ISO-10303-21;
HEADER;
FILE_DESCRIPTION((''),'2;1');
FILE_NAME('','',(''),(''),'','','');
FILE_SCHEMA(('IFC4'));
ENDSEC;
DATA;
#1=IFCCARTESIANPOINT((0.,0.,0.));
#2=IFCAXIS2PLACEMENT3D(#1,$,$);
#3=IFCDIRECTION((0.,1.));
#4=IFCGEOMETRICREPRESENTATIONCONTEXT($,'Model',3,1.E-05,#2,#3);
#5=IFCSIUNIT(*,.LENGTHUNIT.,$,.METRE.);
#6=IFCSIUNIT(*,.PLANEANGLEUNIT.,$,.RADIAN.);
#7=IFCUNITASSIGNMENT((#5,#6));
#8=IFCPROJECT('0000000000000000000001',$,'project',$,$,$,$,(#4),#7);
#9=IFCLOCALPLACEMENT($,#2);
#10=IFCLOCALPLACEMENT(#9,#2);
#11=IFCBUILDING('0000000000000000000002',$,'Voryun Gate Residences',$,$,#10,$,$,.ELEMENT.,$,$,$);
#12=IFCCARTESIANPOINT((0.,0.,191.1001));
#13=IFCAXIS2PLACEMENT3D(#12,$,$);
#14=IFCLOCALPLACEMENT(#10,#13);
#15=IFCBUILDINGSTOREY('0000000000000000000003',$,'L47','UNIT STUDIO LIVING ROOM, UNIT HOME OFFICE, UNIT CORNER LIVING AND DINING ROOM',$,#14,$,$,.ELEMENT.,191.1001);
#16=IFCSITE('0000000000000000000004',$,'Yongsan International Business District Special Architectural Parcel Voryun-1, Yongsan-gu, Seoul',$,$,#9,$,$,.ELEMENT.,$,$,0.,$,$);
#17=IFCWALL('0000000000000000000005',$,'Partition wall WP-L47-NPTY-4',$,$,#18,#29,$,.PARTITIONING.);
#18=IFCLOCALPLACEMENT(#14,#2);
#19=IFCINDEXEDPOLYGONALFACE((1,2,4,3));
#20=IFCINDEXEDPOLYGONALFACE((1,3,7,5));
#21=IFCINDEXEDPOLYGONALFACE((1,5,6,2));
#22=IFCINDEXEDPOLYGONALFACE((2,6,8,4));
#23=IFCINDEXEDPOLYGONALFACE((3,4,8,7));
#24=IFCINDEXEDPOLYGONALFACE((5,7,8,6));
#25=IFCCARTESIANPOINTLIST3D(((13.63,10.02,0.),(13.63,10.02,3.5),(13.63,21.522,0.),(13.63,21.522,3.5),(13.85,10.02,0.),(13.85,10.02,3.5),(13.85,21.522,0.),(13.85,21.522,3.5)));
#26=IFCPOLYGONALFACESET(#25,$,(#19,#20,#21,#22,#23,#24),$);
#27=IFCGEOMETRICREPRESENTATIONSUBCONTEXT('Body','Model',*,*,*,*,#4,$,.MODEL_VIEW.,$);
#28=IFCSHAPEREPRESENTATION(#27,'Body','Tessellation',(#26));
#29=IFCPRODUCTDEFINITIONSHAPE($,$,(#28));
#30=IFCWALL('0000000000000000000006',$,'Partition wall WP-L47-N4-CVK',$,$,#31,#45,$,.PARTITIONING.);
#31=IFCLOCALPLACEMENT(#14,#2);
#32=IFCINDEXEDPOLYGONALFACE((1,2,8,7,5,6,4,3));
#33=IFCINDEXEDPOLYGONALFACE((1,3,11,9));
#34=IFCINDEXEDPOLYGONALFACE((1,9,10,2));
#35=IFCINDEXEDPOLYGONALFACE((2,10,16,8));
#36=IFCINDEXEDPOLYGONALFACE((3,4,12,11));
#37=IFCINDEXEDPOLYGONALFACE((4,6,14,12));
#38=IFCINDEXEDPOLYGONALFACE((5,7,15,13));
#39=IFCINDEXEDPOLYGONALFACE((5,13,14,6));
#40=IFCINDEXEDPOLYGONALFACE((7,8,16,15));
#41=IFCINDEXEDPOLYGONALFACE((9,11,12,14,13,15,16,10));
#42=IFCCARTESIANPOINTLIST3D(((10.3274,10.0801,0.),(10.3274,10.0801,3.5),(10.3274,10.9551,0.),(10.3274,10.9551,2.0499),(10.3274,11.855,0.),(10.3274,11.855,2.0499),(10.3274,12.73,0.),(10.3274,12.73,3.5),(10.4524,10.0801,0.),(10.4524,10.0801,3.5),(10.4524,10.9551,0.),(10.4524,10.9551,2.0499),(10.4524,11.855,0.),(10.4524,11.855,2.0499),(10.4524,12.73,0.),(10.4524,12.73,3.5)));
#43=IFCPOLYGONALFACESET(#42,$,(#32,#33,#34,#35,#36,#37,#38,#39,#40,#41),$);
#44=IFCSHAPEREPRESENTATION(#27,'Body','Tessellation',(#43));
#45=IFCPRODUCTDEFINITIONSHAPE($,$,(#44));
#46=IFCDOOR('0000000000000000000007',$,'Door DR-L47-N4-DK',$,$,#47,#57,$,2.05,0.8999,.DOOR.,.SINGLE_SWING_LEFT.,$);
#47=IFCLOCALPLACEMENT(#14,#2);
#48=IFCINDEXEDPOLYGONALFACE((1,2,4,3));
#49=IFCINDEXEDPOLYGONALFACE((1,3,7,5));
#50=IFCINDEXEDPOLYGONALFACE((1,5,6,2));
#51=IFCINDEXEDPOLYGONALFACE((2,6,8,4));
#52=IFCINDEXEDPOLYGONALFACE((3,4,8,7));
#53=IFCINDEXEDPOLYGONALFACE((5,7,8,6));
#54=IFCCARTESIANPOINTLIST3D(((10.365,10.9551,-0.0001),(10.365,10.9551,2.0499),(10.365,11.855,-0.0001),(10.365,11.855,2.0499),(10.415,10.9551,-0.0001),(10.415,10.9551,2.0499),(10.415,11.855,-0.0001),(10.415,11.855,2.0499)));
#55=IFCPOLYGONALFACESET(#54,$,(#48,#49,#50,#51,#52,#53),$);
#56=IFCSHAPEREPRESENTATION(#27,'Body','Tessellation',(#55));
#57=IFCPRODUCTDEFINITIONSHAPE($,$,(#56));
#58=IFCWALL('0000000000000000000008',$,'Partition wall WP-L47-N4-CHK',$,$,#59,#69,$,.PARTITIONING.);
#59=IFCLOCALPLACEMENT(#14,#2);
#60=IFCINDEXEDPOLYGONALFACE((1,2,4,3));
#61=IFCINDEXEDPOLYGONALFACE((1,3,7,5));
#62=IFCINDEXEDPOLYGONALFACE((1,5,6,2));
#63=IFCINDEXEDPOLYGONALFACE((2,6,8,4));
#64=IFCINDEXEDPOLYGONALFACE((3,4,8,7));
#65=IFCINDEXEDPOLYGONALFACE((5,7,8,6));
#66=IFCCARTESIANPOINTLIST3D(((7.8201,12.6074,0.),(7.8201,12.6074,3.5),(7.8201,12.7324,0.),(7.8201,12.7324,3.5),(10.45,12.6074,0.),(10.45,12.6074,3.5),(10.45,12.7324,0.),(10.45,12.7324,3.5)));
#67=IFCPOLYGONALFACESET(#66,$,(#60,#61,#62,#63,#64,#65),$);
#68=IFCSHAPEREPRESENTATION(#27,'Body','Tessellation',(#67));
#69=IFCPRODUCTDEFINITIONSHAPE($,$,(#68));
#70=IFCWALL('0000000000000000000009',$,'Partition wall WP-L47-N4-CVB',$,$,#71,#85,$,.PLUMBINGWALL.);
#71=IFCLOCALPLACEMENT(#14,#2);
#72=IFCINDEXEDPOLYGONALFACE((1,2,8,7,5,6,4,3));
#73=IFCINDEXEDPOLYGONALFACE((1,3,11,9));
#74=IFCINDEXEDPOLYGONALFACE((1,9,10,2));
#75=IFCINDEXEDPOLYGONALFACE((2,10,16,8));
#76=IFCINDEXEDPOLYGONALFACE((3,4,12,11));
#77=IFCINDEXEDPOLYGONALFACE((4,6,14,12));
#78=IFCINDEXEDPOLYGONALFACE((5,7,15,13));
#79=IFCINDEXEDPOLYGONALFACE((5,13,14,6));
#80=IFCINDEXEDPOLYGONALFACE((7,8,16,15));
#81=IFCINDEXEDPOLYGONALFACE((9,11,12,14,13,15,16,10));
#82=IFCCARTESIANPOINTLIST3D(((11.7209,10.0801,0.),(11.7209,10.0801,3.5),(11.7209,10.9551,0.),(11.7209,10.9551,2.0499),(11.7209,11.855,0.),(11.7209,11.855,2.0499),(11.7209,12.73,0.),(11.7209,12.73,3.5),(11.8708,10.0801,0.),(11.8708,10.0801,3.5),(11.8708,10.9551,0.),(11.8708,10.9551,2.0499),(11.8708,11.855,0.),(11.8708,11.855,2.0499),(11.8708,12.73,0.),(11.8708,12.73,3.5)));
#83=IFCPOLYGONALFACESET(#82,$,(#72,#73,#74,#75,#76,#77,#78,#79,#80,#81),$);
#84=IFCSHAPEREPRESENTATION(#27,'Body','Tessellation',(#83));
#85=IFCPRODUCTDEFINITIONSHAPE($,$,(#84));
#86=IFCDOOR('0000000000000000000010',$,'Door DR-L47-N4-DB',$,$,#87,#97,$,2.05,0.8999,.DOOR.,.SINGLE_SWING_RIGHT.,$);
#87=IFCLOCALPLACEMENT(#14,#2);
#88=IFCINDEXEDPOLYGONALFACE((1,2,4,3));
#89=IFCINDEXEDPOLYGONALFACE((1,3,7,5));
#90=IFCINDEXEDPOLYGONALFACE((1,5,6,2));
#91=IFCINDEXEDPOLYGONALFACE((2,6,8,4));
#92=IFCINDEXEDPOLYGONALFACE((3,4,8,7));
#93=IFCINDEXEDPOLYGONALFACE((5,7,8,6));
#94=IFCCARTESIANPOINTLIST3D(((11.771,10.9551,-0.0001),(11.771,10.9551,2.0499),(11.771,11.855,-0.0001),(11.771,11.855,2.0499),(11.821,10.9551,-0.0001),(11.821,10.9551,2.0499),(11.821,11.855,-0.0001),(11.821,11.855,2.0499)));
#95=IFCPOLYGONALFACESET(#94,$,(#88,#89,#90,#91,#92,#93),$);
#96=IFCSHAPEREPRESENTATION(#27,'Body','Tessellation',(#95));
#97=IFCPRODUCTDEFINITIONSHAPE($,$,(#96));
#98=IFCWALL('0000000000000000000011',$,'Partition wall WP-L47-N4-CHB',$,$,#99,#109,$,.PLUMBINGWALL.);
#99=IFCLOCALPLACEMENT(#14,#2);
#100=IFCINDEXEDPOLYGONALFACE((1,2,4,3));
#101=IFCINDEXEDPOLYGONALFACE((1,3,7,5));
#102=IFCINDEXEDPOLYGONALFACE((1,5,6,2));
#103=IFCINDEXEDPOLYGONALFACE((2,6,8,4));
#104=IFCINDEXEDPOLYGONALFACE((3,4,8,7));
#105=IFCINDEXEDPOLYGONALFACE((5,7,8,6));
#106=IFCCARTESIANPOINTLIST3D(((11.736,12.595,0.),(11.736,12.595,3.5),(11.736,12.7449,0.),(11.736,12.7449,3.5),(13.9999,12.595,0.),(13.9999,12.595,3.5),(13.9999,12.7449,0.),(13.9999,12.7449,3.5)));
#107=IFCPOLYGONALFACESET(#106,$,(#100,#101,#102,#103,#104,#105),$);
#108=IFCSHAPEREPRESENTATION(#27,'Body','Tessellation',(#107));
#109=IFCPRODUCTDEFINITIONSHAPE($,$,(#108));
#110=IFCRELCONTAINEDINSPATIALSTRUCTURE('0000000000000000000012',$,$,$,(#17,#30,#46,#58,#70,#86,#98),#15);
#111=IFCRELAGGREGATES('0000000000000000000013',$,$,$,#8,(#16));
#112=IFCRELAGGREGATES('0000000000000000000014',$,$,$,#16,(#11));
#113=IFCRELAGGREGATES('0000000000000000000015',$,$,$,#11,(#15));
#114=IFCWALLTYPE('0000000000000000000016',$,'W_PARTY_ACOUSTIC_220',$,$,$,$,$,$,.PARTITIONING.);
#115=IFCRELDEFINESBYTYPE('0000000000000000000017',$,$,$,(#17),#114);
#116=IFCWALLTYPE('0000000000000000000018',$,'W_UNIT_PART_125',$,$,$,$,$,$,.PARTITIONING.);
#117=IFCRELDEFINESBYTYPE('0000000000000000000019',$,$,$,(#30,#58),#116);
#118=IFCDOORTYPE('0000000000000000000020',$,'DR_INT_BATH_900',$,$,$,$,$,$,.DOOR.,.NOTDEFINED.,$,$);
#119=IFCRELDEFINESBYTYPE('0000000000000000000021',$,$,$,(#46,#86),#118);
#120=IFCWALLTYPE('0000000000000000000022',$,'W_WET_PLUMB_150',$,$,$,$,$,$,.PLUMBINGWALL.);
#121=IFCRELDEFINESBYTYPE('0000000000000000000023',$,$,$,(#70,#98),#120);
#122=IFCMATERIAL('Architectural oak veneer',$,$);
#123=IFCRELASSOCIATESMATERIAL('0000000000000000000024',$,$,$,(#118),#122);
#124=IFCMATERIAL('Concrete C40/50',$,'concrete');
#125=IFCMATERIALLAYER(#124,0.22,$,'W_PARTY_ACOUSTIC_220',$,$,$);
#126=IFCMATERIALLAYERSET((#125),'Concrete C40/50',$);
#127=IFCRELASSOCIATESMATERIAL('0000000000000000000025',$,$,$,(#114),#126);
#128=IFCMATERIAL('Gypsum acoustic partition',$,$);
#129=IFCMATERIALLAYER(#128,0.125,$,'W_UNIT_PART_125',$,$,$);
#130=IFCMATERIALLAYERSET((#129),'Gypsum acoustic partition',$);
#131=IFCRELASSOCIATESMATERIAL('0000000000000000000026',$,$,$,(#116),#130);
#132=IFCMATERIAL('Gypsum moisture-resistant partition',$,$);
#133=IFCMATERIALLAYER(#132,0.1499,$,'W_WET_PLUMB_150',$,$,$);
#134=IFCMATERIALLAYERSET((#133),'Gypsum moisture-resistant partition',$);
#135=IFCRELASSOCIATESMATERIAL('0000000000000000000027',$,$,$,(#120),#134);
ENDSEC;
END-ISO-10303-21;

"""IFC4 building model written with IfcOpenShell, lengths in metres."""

from ifc_helpers import new_model, si_unit, direction, frame, frame_2d, origin, place, context, subcontext, project, spatial, rectangle, extrude, material, layer, layer_set, type_object, element, fill, save


model = new_model("IFC4")

# Units and contexts
model_context = context("Model", 3, precision=1e-05, world=origin(), true_north=direction((0.0, 1.0)))
body_context = subcontext(model_context, "Body", "Model", "MODEL_VIEW")
ifc_project = project(units=[si_unit("LENGTHUNIT", "METRE"), si_unit("PLANEANGLEUNIT", "RADIAN")], contexts=[model_context])

# Site, building, storey
site_placement = place(None, origin())
site = spatial("IfcSite", under=ifc_project, at=site_placement, Name="Yongsan International Business District Special Architectural Parcel Voryun-1, Yongsan-gu, Seoul", CompositionType="ELEMENT", RefElevation=0.0)
building_placement = place(site_placement, origin())
building = spatial("IfcBuilding", under=site, at=building_placement, Name="Voryun Gate Residences", CompositionType="ELEMENT")
storey_placement = place(building_placement, frame((0.0, 0.0, 191.1001)))
storey = spatial("IfcBuildingStorey", under=building, at=storey_placement, Name="L47", Description="UNIT STUDIO LIVING ROOM, UNIT HOME OFFICE, UNIT CORNER LIVING AND DINING ROOM", CompositionType="ELEMENT", Elevation=191.1001)

# Shared definitions
ifc_material_1 = material(Name="Architectural oak veneer")
door_type_1 = type_object("IfcDoorType", Name="DR_INT_BATH_900", OperationType="NOTDEFINED", PredefinedType="DOOR", material=ifc_material_1)

# Wall
ifc_material_2 = material(Name="Concrete C40/50", Category="concrete")
ifc_layer_1 = layer(ifc_material_2, 0.22, Name="W_PARTY_ACOUSTIC_220")
ifc_layer_set_1 = layer_set([ifc_layer_1], Name="Concrete C40/50")
wall_type_1 = type_object("IfcWallType", Name="W_PARTY_ACOUSTIC_220", PredefinedType="PARTITIONING", material=ifc_layer_set_1)
wall_1_placement = place(storey_placement, frame((13.74, 10.02, 0.0), z_axis=(0.0, 0.0, 1.0), x_axis=(0.0, 1.0, 0.0)))
element("IfcWall", 1, at=wall_1_placement, inside=storey, type_object=wall_type_1, Name="Partition wall WP-L47-NPTY-4", PredefinedType="PARTITIONING", context=body_context, shape_type="SweptSolid", body=[
    extrude(rectangle(XDim=11.502, YDim=0.22, at=frame_2d((5.751, 0.0))), origin(), (0.0, 0.0, 1.0), 3.5),
])

# Wall, opening, door
ifc_material_3 = material(Name="Gypsum acoustic partition")
ifc_layer_2 = layer(ifc_material_3, 0.125, Name="W_UNIT_PART_125")
ifc_layer_set_2 = layer_set([ifc_layer_2], Name="Gypsum acoustic partition")
wall_type_2 = type_object("IfcWallType", Name="W_UNIT_PART_125", PredefinedType="PARTITIONING", material=ifc_layer_set_2)
wall_2_placement = place(storey_placement, frame((10.3899, 10.0801, 0.0), z_axis=(0.0, 0.0, 1.0), x_axis=(0.0, 1.0, 0.0)))
wall_2 = element("IfcWall", 2, at=wall_2_placement, inside=storey, type_object=wall_type_2, Name="Partition wall WP-L47-N4-CVK", PredefinedType="PARTITIONING", context=body_context, shape_type="SweptSolid", body=[
    extrude(rectangle(XDim=2.6499, YDim=0.125, at=frame_2d((1.325, 0.0))), origin(), (0.0, 0.0, 1.0), 3.5),
])
opening_1_placement = place(wall_2_placement, frame((0.875, 0.0, 0.0)))
opening_1 = element("IfcOpeningElement", 3, at=opening_1_placement, cuts=wall_2, PredefinedType="OPENING", context=body_context, shape_type="SweptSolid", body=[
    extrude(rectangle(XDim=0.8999, YDim=2.05, at=frame_2d((0.45, 1.0249))), frame((0.0, 0.0725, 0.0), z_axis=(0.0, -1.0, 0.0), x_axis=(1.0, 0.0, 0.0)), (0.0, 0.0, 1.0), 0.145),
])
door_1_placement = place(opening_1_placement, origin())
door_1 = element("IfcDoor", 4, at=door_1_placement, inside=storey, type_object=door_type_1, Name="Door DR-L47-N4-DK", OperationType="SINGLE_SWING_LEFT", OverallHeight=2.05, OverallWidth=0.8999, PredefinedType="DOOR", context=body_context, shape_type="SweptSolid", body=[
    extrude(rectangle(XDim=0.8999, YDim=2.05, at=frame_2d((0.45, 1.0249))), frame((0.0, 0.0249, 0.0), z_axis=(0.0, -1.0, 0.0), x_axis=(1.0, 0.0, 0.0)), (0.0, 0.0, 1.0), 0.05),
])
fill(opening_1, door_1)

# Wall
wall_3_placement = place(storey_placement, frame((7.8201, 12.6699, 0.0), z_axis=(0.0, 0.0, 1.0), x_axis=(1.0, 0.0, 0.0)))
element("IfcWall", 5, at=wall_3_placement, inside=storey, type_object=wall_type_2, Name="Partition wall WP-L47-N4-CHK", PredefinedType="PARTITIONING", context=body_context, shape_type="SweptSolid", body=[
    extrude(rectangle(XDim=2.6299, YDim=0.125, at=frame_2d((1.3149, 0.0))), origin(), (0.0, 0.0, 1.0), 3.5),
])

# Wall, opening, door
ifc_material_4 = material(Name="Gypsum moisture-resistant partition")
ifc_layer_3 = layer(ifc_material_4, 0.1499, Name="W_WET_PLUMB_150")
ifc_layer_set_3 = layer_set([ifc_layer_3], Name="Gypsum moisture-resistant partition")
wall_type_3 = type_object("IfcWallType", Name="W_WET_PLUMB_150", PredefinedType="PLUMBINGWALL", material=ifc_layer_set_3)
wall_4_placement = place(storey_placement, frame((11.7959, 10.0801, 0.0), z_axis=(0.0, 0.0, 1.0), x_axis=(0.0, 1.0, 0.0)))
wall_4 = element("IfcWall", 6, at=wall_4_placement, inside=storey, type_object=wall_type_3, Name="Partition wall WP-L47-N4-CVB", PredefinedType="PLUMBINGWALL", context=body_context, shape_type="SweptSolid", body=[
    extrude(rectangle(XDim=2.6499, YDim=0.1499, at=frame_2d((1.325, 0.0))), origin(), (0.0, 0.0, 1.0), 3.5),
])
opening_2_placement = place(wall_4_placement, frame((0.875, 0.0, 0.0)))
opening_2 = element("IfcOpeningElement", 7, at=opening_2_placement, cuts=wall_4, PredefinedType="OPENING", context=body_context, shape_type="SweptSolid", body=[
    extrude(rectangle(XDim=0.8999, YDim=2.05, at=frame_2d((0.45, 1.0249))), frame((0.0, 0.085, 0.0), z_axis=(0.0, -1.0, 0.0), x_axis=(1.0, 0.0, 0.0)), (0.0, 0.0, 1.0), 0.1699),
])
door_2_placement = place(opening_2_placement, origin())
door_2 = element("IfcDoor", 8, at=door_2_placement, inside=storey, type_object=door_type_1, Name="Door DR-L47-N4-DB", OperationType="SINGLE_SWING_RIGHT", OverallHeight=2.05, OverallWidth=0.8999, PredefinedType="DOOR", context=body_context, shape_type="SweptSolid", body=[
    extrude(rectangle(XDim=0.8999, YDim=2.05, at=frame_2d((0.45, 1.0249))), frame((0.0, 0.0249, 0.0), z_axis=(0.0, -1.0, 0.0), x_axis=(1.0, 0.0, 0.0)), (0.0, 0.0, 1.0), 0.05),
])
fill(opening_2, door_2)

# Wall
wall_5_placement = place(storey_placement, frame((11.7361, 12.6699, 0.0), z_axis=(0.0, 0.0, 1.0), x_axis=(1.0, 0.0, 0.0)))
element("IfcWall", 9, at=wall_5_placement, inside=storey, type_object=wall_type_3, Name="Partition wall WP-L47-N4-CHB", PredefinedType="PLUMBINGWALL", context=body_context, shape_type="SweptSolid", body=[
    extrude(rectangle(XDim=2.2639, YDim=0.1499, at=frame_2d((1.1318, 0.0))), origin(), (0.0, 0.0, 1.0), 3.5),
])

save(model, "model.ifc")
